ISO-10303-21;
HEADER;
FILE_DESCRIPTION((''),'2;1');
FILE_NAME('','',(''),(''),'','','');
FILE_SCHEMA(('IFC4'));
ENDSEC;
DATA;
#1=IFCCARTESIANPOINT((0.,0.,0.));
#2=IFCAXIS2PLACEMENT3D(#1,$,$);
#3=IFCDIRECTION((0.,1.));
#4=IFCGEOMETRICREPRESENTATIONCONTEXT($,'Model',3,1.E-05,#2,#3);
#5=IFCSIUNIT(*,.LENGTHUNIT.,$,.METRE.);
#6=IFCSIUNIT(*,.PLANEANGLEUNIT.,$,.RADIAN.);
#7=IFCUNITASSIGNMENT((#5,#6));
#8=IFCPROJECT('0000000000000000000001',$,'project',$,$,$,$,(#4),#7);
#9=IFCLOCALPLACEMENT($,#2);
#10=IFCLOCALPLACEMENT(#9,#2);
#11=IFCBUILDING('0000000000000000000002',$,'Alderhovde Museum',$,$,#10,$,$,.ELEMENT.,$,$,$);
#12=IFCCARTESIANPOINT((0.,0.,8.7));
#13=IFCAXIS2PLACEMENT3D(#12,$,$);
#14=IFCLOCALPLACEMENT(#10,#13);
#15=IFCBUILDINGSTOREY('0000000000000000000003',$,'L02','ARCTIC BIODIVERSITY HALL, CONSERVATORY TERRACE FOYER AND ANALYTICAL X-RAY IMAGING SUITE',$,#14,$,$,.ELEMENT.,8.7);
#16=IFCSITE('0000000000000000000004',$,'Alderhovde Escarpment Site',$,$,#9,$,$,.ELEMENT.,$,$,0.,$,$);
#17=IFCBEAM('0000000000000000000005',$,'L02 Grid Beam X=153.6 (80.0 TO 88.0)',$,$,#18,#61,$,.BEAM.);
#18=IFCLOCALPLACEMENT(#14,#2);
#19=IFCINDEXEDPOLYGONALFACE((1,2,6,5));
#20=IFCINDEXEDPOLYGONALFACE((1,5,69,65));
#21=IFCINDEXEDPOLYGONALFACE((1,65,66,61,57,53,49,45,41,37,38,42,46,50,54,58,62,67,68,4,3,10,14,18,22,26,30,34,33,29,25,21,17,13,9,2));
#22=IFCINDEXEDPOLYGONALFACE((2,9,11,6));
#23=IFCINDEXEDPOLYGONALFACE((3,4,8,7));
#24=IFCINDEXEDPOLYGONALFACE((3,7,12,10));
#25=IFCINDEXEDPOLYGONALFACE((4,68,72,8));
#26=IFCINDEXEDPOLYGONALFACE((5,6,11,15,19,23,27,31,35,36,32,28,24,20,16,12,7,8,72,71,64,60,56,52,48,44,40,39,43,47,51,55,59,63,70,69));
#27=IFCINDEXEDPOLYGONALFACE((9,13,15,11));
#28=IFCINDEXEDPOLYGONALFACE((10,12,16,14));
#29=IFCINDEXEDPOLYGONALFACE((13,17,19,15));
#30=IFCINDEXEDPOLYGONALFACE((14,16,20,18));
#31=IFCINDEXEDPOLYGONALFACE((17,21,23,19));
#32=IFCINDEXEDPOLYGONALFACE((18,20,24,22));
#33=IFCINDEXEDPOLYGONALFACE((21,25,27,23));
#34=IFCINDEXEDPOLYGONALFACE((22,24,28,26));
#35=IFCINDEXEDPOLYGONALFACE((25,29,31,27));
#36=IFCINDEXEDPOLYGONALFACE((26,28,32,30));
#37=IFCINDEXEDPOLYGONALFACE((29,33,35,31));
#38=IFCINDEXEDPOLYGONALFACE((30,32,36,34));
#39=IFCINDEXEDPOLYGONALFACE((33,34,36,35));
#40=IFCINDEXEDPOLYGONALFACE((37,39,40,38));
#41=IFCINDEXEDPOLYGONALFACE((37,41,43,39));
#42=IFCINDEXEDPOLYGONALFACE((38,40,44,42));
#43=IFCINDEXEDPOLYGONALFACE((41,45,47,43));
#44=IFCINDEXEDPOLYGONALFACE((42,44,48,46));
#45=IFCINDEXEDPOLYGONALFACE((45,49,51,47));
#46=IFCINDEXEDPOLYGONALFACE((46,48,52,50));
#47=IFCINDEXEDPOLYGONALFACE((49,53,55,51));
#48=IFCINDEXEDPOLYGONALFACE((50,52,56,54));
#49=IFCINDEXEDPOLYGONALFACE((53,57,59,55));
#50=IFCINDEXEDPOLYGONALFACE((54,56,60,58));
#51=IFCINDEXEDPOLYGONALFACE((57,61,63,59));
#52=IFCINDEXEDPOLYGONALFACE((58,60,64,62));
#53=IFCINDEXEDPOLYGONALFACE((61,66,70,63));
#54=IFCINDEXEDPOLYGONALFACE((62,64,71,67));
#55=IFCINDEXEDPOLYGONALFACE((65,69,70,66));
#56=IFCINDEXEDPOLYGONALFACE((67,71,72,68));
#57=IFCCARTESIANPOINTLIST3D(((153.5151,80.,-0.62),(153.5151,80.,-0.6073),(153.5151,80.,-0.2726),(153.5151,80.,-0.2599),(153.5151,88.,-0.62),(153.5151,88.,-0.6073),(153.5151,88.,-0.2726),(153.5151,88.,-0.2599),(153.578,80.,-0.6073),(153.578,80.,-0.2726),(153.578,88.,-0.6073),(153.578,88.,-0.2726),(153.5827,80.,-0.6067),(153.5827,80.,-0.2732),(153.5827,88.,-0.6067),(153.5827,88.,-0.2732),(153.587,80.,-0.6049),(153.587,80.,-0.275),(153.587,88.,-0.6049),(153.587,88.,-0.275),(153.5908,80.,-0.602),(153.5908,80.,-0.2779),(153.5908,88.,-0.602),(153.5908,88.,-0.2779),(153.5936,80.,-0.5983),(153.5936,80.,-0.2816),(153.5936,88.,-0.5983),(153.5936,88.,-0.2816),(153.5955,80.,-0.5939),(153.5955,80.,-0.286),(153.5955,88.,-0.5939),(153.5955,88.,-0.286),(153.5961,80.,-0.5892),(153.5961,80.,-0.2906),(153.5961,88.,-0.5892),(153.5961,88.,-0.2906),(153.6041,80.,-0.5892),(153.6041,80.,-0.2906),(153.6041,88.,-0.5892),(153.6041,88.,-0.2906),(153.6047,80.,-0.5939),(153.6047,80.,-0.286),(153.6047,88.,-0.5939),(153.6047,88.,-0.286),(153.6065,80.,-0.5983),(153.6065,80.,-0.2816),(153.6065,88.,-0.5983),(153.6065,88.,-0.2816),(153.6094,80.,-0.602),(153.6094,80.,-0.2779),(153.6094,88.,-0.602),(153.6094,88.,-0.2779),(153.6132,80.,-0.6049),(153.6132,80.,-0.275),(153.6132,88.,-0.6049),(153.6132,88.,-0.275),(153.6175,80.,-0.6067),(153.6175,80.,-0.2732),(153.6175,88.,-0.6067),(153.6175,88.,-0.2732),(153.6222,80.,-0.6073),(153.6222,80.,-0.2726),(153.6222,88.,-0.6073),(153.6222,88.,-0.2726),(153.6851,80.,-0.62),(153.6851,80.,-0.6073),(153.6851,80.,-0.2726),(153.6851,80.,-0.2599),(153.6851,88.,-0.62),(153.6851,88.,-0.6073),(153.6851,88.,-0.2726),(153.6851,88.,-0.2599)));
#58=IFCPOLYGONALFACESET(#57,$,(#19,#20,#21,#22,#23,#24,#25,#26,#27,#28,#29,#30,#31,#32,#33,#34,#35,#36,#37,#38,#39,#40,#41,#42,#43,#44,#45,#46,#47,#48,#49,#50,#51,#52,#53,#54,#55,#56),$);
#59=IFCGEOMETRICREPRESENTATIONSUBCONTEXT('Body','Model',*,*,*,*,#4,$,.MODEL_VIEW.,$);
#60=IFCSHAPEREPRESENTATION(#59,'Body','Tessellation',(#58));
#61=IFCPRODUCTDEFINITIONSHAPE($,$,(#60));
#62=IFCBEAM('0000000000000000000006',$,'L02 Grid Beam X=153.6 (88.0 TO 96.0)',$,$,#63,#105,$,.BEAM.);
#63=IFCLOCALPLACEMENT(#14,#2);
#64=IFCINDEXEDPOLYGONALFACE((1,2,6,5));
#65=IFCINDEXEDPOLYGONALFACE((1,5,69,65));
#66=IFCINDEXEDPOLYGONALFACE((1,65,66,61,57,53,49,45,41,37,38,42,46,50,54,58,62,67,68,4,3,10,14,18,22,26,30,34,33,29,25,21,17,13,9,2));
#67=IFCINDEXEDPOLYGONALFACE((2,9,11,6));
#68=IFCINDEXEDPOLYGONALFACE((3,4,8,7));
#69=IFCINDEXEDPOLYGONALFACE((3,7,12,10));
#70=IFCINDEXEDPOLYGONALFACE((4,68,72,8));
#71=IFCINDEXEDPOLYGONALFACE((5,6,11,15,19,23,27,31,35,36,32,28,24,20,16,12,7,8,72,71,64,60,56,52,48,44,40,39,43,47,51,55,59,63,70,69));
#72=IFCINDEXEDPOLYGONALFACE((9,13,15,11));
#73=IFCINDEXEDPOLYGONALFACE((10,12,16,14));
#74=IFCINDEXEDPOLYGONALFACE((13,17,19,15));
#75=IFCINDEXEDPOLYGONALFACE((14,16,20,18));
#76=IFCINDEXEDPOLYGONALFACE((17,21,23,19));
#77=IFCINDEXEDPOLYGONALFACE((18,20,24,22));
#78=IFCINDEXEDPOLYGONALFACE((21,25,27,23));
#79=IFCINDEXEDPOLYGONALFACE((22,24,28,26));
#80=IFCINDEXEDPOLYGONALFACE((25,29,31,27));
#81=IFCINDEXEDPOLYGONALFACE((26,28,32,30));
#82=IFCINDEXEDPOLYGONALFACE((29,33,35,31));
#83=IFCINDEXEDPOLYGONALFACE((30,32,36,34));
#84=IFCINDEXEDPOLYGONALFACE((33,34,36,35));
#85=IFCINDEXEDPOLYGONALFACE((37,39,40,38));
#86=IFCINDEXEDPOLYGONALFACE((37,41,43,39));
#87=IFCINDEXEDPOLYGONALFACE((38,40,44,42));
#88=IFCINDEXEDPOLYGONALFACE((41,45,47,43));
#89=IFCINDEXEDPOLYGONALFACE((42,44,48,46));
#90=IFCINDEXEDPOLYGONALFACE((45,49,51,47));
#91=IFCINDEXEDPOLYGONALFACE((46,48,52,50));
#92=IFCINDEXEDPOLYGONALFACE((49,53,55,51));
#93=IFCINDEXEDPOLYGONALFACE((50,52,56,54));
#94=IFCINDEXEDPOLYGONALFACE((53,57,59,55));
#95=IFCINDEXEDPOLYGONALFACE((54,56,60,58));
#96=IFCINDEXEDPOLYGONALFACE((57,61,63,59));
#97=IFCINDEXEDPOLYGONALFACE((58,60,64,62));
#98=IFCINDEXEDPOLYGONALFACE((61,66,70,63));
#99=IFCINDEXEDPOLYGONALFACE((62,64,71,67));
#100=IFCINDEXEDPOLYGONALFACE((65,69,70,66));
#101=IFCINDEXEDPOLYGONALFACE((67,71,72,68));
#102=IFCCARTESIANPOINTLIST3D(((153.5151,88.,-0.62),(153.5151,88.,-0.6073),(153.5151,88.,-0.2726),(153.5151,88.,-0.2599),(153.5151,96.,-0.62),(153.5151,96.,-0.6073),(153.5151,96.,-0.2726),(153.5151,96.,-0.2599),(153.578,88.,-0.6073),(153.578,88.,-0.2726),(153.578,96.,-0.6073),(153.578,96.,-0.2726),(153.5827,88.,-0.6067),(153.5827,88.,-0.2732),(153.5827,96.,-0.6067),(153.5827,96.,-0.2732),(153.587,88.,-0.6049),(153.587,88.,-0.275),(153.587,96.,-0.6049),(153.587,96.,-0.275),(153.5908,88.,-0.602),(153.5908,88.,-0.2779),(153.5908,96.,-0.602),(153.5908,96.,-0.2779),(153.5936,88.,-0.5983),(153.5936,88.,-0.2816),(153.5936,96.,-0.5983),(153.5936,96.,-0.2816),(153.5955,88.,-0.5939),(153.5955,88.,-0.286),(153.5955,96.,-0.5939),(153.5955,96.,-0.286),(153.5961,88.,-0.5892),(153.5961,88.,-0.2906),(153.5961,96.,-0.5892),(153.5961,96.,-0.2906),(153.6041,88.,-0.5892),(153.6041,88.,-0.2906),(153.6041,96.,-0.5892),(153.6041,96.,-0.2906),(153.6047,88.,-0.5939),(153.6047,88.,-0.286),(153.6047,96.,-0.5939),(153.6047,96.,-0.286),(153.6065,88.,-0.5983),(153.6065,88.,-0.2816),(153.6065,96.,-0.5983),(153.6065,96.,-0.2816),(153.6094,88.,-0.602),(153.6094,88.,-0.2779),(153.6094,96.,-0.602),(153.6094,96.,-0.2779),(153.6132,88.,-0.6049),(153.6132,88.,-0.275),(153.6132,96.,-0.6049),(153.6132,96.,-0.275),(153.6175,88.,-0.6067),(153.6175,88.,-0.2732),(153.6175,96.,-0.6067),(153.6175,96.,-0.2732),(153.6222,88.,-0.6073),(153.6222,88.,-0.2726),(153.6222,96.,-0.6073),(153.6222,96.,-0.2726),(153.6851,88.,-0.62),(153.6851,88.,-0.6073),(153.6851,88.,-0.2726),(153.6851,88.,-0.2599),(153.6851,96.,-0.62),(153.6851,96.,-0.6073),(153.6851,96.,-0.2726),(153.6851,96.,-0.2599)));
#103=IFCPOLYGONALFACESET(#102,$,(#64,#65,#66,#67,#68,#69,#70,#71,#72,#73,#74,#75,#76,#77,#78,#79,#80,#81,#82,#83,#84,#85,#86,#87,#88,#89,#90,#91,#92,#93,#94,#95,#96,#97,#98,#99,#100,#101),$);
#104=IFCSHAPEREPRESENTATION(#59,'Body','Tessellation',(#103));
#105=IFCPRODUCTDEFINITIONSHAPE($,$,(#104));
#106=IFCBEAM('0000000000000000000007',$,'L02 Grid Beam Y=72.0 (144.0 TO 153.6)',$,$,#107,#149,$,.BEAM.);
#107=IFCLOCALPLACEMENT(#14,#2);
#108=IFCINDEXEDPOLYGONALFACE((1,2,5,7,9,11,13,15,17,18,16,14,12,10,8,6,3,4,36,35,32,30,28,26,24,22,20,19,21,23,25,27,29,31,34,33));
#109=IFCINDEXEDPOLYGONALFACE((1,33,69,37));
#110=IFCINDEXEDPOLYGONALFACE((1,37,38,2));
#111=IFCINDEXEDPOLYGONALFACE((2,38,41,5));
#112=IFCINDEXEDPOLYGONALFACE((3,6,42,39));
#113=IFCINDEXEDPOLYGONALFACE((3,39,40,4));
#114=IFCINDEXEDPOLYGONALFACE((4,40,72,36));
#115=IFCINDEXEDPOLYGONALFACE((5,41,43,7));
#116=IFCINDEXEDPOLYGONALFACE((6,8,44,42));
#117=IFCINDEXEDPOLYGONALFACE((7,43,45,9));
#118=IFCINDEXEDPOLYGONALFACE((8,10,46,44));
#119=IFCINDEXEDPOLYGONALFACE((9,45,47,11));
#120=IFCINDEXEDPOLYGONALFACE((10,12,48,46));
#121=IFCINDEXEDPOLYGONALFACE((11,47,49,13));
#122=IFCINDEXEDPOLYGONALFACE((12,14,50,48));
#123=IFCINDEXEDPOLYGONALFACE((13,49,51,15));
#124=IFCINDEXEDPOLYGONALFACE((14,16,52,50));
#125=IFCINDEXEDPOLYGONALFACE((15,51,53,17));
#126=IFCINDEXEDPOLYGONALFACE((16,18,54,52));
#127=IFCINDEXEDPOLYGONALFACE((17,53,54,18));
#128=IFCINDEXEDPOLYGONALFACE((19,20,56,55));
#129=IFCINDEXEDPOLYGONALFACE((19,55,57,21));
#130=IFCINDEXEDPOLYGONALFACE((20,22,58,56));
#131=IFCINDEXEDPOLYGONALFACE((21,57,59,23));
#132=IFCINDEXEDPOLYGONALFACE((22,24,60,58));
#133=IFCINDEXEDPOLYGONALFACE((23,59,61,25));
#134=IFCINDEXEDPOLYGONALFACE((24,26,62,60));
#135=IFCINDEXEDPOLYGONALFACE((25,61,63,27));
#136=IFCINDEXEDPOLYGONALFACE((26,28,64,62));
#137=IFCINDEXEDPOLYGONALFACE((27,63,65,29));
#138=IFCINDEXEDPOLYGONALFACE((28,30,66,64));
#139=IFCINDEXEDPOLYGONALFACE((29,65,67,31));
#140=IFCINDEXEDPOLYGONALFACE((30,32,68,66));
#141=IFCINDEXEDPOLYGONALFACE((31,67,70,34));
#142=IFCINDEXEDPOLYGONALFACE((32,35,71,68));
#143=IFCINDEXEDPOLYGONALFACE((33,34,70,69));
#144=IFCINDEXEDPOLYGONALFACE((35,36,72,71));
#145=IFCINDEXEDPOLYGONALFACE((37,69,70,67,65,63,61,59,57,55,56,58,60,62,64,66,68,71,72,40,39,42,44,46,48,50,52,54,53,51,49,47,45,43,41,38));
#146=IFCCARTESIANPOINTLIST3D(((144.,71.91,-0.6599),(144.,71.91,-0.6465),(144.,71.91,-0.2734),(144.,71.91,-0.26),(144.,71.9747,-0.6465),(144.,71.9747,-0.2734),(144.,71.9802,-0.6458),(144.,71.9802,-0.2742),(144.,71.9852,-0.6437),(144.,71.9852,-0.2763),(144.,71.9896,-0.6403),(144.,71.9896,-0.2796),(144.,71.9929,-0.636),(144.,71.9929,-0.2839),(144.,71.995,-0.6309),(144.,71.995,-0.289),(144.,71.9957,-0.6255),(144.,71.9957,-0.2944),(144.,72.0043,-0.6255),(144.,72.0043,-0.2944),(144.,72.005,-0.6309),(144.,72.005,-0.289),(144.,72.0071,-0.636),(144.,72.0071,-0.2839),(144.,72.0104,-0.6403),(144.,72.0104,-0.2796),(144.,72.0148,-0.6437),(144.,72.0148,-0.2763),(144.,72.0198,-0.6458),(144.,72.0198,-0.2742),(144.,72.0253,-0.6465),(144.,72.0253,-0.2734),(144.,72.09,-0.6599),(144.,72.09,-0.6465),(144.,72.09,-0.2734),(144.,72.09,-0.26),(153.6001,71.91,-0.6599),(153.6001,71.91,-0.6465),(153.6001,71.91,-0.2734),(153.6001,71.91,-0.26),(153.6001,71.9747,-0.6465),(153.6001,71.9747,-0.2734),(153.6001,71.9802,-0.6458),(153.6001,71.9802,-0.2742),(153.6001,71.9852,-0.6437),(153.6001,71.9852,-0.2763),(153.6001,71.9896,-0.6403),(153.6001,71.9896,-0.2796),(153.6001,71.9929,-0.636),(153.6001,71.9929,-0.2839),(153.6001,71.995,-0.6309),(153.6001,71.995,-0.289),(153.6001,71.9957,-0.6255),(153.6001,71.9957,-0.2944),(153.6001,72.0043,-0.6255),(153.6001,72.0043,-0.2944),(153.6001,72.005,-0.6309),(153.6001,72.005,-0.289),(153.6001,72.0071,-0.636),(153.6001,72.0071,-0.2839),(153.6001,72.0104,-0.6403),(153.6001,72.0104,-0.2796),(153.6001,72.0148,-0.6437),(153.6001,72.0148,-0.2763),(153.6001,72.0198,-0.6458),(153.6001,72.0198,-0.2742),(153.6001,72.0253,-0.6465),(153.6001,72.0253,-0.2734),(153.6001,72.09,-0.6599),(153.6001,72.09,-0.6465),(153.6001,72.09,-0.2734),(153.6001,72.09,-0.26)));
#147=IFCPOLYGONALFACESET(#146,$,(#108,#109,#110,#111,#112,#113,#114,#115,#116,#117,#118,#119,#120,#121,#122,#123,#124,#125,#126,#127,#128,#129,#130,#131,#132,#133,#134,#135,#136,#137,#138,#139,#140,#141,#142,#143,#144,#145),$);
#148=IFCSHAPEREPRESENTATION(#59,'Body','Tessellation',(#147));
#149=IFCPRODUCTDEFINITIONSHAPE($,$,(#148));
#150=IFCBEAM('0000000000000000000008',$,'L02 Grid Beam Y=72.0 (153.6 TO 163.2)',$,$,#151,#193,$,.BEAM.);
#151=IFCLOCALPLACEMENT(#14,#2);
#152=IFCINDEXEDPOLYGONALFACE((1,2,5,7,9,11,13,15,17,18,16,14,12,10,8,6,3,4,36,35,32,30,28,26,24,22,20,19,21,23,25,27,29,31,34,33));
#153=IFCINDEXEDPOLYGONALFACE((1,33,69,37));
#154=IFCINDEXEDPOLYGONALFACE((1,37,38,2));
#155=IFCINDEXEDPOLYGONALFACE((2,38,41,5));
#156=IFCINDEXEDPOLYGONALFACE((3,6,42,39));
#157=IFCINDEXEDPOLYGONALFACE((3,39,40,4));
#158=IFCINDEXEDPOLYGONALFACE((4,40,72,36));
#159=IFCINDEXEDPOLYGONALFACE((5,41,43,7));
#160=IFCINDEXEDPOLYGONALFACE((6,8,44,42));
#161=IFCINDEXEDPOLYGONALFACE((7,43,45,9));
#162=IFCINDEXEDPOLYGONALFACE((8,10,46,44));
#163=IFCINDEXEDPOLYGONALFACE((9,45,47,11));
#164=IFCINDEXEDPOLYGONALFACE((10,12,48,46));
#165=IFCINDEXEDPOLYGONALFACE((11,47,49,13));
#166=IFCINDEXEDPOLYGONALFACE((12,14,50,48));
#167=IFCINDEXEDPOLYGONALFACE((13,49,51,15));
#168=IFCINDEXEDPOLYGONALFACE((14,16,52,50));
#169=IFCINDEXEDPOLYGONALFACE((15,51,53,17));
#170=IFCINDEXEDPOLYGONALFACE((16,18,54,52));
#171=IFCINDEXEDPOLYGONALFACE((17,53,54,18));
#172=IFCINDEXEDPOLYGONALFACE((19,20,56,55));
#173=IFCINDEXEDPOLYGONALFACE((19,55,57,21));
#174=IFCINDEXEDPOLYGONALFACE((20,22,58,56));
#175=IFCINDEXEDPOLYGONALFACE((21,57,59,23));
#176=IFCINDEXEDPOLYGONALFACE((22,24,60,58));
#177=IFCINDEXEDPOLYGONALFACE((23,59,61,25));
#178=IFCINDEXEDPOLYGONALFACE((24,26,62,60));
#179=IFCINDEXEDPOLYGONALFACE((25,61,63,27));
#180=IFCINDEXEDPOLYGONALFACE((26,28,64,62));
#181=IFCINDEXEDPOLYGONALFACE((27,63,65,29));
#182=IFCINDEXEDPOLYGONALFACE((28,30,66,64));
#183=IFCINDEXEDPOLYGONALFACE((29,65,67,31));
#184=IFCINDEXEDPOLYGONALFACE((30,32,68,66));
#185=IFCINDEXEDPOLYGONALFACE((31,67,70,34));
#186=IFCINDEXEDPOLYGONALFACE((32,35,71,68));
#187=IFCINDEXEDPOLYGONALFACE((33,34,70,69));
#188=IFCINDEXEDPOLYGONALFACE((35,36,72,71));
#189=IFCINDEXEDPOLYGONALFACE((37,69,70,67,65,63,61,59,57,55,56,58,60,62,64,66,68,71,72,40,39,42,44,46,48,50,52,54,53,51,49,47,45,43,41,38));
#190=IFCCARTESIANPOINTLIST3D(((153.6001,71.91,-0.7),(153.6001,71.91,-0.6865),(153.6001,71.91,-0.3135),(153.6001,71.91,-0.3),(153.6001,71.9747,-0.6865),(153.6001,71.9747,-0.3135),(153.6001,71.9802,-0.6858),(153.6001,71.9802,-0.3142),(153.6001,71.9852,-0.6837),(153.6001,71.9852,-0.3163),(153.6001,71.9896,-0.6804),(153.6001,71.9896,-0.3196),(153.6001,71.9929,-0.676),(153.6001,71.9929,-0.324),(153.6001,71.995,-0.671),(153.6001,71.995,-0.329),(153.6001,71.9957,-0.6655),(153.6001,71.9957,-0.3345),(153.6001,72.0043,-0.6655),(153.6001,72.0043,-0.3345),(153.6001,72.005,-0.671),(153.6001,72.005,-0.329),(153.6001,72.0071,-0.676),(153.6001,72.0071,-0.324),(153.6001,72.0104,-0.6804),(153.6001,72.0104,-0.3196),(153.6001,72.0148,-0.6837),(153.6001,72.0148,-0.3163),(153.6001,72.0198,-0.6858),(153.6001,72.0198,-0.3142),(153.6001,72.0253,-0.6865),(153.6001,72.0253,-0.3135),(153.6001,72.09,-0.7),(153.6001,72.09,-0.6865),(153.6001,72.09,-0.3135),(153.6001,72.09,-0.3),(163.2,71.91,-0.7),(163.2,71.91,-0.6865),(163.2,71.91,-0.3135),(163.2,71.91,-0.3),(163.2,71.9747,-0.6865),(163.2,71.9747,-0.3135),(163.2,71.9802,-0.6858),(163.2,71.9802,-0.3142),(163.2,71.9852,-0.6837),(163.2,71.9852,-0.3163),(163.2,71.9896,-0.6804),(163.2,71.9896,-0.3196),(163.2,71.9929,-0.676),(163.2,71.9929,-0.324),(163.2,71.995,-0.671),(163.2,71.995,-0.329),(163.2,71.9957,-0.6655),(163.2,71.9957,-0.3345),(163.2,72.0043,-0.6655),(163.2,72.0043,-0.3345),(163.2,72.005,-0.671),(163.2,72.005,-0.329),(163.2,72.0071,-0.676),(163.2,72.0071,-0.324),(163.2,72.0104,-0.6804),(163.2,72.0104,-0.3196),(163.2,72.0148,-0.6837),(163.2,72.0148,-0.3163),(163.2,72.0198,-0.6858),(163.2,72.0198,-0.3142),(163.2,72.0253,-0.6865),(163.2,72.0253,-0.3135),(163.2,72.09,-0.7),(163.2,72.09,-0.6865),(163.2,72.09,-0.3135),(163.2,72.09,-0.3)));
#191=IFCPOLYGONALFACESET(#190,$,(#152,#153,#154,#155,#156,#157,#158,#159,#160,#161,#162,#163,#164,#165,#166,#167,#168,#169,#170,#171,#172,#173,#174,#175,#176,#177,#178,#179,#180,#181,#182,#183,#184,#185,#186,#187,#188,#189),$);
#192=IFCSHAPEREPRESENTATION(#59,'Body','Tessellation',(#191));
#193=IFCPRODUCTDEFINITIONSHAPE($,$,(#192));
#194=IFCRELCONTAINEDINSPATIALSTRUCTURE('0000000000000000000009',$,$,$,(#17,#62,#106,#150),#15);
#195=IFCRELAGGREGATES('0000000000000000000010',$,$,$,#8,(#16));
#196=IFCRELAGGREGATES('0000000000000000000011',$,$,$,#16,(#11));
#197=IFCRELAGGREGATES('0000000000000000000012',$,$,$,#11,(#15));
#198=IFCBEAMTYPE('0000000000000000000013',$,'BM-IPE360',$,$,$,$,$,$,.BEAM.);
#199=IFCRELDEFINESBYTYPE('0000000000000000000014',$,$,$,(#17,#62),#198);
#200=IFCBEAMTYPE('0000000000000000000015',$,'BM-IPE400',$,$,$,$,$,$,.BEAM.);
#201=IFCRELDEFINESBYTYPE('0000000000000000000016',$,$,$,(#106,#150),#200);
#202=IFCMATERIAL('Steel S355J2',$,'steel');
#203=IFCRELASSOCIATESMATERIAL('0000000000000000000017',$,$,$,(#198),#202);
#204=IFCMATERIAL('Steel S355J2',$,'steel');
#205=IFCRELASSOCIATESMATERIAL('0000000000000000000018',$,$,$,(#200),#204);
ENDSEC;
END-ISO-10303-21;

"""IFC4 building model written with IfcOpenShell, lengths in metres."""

from ifc_helpers import new_model, si_unit, direction, frame, origin, origin_2d, place, context, subcontext, project, spatial, i_section, extrude, material, material_profile, profile_set, type_object, element, save


model = new_model("IFC4")

# Units and contexts
model_context = context("Model", 3, precision=1e-05, world=origin(), true_north=direction((0.0, 1.0)))
body_context = subcontext(model_context, "Body", "Model", "MODEL_VIEW")
ifc_project = project(units=[si_unit("LENGTHUNIT", "METRE"), si_unit("PLANEANGLEUNIT", "RADIAN")], contexts=[model_context])

# Site, building, storey
site_placement = place(None, origin())
site = spatial("IfcSite", under=ifc_project, at=site_placement, Name="Alderhovde Escarpment Site", CompositionType="ELEMENT", RefElevation=0.0)
building_placement = place(site_placement, origin())
building = spatial("IfcBuilding", under=site, at=building_placement, Name="Alderhovde Museum", CompositionType="ELEMENT")
storey_placement = place(building_placement, frame((0.0, 0.0, 8.7)))
storey = spatial("IfcBuildingStorey", under=building, at=storey_placement, Name="L02", Description="ARCTIC BIODIVERSITY HALL, CONSERVATORY TERRACE FOYER AND ANALYTICAL X-RAY IMAGING SUITE", CompositionType="ELEMENT", Elevation=8.7)

# Beams
ifc_material_1 = material(Name="Steel S355J2", Category="steel")
ifc_material_profile_1 = material_profile(ifc_material_1, i_section(OverallWidth=0.1699, OverallDepth=0.3601, WebThickness=0.0081, FlangeThickness=0.0127, FilletRadius=0.0181, at=origin_2d()), Name="IPE 360")
ifc_profile_set_1 = profile_set([ifc_material_profile_1], Name="Steel S355J2")
beam_type_1 = type_object("IfcBeamType", Name="BM-IPE360", PredefinedType="BEAM", material=ifc_profile_set_1)
for number, where, z_axis, x_axis, name in (
    (1, (153.6001, 80.0, -0.4399), (0.0, 1.0, 0.0), (-1.0, 0.0, 0.0), "L02 Grid Beam X=153.6 (80.0 TO 88.0)"),
    (2, (153.6001, 88.0, -0.4399), (0.0, 1.0, 0.0), (-1.0, 0.0, 0.0), "L02 Grid Beam X=153.6 (88.0 TO 96.0)"),
):
    element("IfcBeam", number, at=place(storey_placement, frame(where, z_axis=z_axis, x_axis=x_axis)), inside=storey, type_object=beam_type_1, Name=name, PredefinedType="BEAM", context=body_context, shape_type="SweptSolid", body=[
        extrude(i_section(OverallWidth=0.1699, OverallDepth=0.3601, WebThickness=0.0081, FlangeThickness=0.0127, FilletRadius=0.0181, at=origin_2d()), origin(), (0.0, 0.0, 1.0), 8.0),
    ])
ifc_material_2 = material(Name="Steel S355J2", Category="steel")
ifc_material_profile_2 = material_profile(ifc_material_2, i_section(OverallWidth=0.1799, OverallDepth=0.3999, WebThickness=0.0085, FlangeThickness=0.0134, FilletRadius=0.021, at=origin_2d()), Name="IPE 400")
ifc_profile_set_2 = profile_set([ifc_material_profile_2], Name="Steel S355J2")
beam_type_2 = type_object("IfcBeamType", Name="BM-IPE400", PredefinedType="BEAM", material=ifc_profile_set_2)
beam_1_placement = place(storey_placement, frame((144.0, 72.0, -0.46), z_axis=(1.0, 0.0, 0.0), x_axis=(0.0, 1.0, 0.0)))
element("IfcBeam", 3, at=beam_1_placement, inside=storey, type_object=beam_type_2, Name="L02 Grid Beam Y=72.0 (144.0 TO 153.6)", PredefinedType="BEAM", context=body_context, shape_type="SweptSolid", body=[
    extrude(i_section(OverallWidth=0.1799, OverallDepth=0.3999, WebThickness=0.0085, FlangeThickness=0.0134, FilletRadius=0.021, at=origin_2d()), origin(), (0.0, 0.0, 1.0), 9.6001),
])
beam_2_placement = place(storey_placement, frame((153.6001, 72.0, -0.5), z_axis=(1.0, 0.0, 0.0), x_axis=(0.0, 1.0, 0.0)))
element("IfcBeam", 4, at=beam_2_placement, inside=storey, type_object=beam_type_2, Name="L02 Grid Beam Y=72.0 (153.6 TO 163.2)", PredefinedType="BEAM", context=body_context, shape_type="SweptSolid", body=[
    extrude(i_section(OverallWidth=0.1799, OverallDepth=0.3999, WebThickness=0.0085, FlangeThickness=0.0134, FilletRadius=0.021, at=origin_2d()), origin(), (0.0, 0.0, 1.0), 9.5999),
])

save(model, "model.ifc")
